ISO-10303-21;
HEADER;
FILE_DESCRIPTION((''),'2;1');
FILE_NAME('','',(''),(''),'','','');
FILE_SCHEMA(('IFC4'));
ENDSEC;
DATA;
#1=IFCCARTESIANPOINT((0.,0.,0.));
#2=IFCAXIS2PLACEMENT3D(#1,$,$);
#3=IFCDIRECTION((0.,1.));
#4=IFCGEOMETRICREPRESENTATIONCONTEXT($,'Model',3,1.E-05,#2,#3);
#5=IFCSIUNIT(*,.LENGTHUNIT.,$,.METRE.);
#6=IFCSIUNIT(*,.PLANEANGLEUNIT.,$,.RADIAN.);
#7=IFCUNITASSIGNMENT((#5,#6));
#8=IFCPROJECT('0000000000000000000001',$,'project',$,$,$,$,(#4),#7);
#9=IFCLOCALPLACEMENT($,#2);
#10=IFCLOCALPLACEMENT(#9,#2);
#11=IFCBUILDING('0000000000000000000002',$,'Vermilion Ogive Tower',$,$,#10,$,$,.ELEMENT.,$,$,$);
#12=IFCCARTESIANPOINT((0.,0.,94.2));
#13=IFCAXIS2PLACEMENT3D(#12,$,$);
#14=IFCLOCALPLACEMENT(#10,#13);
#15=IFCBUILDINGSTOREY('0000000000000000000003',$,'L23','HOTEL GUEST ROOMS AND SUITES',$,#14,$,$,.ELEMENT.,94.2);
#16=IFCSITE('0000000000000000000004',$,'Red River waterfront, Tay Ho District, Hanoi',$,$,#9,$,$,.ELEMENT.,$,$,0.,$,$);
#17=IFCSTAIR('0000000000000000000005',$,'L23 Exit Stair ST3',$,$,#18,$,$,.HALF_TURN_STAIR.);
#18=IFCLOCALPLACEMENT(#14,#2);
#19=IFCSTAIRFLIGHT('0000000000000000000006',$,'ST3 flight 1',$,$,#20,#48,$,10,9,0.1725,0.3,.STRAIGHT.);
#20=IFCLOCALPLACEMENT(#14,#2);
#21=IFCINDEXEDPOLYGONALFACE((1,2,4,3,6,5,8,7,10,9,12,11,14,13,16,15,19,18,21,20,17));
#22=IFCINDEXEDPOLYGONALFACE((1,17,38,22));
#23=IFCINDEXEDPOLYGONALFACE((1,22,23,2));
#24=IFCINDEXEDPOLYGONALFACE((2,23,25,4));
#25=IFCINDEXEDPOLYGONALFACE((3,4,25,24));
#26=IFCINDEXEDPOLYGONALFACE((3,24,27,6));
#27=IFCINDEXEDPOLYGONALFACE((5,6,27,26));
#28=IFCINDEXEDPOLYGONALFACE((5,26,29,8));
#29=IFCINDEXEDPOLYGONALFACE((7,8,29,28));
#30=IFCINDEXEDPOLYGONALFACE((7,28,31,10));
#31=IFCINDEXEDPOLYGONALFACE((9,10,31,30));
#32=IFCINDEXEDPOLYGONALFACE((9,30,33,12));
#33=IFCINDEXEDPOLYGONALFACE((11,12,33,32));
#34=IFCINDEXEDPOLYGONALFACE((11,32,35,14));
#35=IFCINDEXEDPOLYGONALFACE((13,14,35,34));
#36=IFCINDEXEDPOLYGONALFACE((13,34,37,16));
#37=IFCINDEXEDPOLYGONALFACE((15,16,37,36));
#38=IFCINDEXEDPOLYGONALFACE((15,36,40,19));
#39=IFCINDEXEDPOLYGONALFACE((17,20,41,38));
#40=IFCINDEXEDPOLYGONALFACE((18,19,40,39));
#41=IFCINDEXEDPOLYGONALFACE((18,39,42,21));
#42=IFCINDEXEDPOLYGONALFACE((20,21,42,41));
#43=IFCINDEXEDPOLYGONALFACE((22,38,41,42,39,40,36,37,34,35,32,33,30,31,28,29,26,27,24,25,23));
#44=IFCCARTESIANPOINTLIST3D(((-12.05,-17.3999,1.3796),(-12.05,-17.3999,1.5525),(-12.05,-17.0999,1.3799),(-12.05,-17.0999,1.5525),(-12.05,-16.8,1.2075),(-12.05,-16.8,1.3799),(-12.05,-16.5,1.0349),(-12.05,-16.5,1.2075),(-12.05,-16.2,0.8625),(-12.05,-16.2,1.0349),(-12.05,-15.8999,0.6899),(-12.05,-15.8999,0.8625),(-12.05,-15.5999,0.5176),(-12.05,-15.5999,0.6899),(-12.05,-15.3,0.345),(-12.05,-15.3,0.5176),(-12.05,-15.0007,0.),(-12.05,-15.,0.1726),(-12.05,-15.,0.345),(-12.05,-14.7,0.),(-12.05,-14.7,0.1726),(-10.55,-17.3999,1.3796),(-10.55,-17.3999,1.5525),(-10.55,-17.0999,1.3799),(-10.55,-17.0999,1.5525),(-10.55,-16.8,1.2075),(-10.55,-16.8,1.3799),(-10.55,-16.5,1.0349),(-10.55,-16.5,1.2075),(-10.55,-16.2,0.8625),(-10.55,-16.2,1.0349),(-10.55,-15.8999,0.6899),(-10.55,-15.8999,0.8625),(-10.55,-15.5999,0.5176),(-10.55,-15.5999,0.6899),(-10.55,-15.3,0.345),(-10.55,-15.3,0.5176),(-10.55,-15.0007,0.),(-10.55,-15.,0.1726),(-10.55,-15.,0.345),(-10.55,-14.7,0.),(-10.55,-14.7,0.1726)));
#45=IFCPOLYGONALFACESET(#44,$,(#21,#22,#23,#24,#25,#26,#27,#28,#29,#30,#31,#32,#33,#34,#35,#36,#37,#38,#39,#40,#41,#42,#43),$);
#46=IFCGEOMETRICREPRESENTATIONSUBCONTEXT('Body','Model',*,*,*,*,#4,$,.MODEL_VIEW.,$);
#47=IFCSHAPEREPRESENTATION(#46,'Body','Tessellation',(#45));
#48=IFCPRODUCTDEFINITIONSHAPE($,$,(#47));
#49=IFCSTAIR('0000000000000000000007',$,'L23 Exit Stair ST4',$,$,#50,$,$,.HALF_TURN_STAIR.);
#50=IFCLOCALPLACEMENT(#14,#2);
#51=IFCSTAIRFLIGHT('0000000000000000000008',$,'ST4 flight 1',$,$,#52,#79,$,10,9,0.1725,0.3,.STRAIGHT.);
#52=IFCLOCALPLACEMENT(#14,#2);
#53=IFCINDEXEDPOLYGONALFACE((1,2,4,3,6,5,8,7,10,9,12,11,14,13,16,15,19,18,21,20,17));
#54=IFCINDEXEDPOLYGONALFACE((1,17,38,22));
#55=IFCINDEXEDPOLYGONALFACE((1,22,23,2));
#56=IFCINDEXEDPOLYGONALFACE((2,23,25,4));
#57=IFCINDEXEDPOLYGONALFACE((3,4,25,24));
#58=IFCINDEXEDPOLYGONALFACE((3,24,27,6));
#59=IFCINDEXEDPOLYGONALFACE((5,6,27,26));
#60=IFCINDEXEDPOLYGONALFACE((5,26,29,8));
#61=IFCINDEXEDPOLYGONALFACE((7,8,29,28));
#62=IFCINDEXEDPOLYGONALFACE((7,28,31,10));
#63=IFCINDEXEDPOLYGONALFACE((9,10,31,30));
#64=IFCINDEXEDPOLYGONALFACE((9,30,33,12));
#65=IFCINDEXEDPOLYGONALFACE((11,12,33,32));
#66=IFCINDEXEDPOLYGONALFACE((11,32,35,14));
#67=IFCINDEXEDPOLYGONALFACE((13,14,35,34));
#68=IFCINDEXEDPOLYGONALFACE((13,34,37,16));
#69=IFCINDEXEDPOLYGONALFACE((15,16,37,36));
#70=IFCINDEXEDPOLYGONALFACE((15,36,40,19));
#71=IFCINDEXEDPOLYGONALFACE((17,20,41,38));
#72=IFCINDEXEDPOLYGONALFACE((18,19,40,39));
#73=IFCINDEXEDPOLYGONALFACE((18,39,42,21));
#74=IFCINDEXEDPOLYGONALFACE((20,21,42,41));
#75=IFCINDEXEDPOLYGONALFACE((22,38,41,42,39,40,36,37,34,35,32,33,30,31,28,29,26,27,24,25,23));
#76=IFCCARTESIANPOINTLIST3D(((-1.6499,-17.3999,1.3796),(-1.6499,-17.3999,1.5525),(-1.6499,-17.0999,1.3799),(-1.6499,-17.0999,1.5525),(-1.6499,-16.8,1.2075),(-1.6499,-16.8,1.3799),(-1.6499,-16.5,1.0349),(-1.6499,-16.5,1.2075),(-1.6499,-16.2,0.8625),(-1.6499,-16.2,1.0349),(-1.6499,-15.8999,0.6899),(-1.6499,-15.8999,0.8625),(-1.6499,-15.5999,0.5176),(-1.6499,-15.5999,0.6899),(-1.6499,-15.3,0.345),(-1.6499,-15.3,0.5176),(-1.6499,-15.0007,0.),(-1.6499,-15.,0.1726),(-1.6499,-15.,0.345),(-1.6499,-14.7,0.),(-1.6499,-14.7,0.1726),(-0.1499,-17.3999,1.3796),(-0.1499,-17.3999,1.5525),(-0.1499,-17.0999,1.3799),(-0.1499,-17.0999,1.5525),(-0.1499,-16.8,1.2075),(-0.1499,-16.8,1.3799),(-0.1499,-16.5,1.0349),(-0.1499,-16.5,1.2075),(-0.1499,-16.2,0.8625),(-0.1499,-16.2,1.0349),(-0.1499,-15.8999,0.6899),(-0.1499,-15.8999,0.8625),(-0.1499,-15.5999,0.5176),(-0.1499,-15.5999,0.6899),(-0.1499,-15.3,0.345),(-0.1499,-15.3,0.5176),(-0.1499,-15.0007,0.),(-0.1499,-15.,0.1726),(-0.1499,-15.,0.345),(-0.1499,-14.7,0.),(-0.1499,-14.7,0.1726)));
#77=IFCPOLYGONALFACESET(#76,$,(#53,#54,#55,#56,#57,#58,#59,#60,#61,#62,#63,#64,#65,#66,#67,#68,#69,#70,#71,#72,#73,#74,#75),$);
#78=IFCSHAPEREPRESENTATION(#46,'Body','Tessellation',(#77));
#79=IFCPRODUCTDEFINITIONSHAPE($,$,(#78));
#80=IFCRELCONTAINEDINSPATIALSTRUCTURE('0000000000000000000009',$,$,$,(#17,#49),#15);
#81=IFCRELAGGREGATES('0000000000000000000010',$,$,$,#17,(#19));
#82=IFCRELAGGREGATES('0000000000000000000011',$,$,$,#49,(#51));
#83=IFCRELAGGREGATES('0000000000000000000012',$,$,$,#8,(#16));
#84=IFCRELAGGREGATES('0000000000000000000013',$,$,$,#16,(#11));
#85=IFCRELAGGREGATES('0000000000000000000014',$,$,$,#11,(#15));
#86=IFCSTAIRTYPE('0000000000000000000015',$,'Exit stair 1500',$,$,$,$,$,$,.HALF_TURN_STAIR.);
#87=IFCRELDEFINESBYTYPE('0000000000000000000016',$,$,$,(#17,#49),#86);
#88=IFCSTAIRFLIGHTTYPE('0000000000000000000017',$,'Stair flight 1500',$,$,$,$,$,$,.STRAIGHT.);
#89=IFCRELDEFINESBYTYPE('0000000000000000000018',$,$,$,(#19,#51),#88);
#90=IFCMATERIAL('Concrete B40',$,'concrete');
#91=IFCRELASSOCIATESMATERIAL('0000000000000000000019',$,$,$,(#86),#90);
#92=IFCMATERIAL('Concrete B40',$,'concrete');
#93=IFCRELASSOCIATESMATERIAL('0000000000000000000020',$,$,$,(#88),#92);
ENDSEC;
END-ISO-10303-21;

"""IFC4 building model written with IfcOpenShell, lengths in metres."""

from ifc_helpers import new_model, si_unit, direction, frame, origin, place, context, subcontext, project, spatial, polyline, outline, extrude, material, type_object, element, aggregate, save


model = new_model("IFC4")

# Units and contexts
model_context = context("Model", 3, precision=1e-05, world=origin(), true_north=direction((0.0, 1.0)))
body_context = subcontext(model_context, "Body", "Model", "MODEL_VIEW")
ifc_project = project(units=[si_unit("LENGTHUNIT", "METRE"), si_unit("PLANEANGLEUNIT", "RADIAN")], contexts=[model_context])

# Site, building, storey
site_placement = place(None, origin())
site = spatial("IfcSite", under=ifc_project, at=site_placement, Name="Red River waterfront, Tay Ho District, Hanoi", CompositionType="ELEMENT", RefElevation=0.0)
building_placement = place(site_placement, origin())
building = spatial("IfcBuilding", under=site, at=building_placement, Name="Vermilion Ogive Tower", CompositionType="ELEMENT")
storey_placement = place(building_placement, frame((0.0, 0.0, 94.2)))
storey = spatial("IfcBuildingStorey", under=building, at=storey_placement, Name="L23", Description="HOTEL GUEST ROOMS AND SUITES", CompositionType="ELEMENT", Elevation=94.2)

# Stairs, stair flights
ifc_material_1 = material(Name="Concrete B40", Category="concrete")
stair_type = type_object("IfcStairType", Name="Exit stair 1500", PredefinedType="HALF_TURN_STAIR", material=ifc_material_1)
stair_1_placement = place(storey_placement, origin())
stair_1 = element("IfcStair", 1, at=stair_1_placement, inside=storey, type_object=stair_type, Name="L23 Exit Stair ST3", PredefinedType="HALF_TURN_STAIR")
ifc_material_2 = material(Name="Concrete B40", Category="concrete")
stair_flight_type = type_object("IfcStairFlightType", Name="Stair flight 1500", PredefinedType="STRAIGHT", material=ifc_material_2)
stair_flight_1_placement = place(storey_placement, frame((-11.3, -14.7, 0.0), z_axis=(0.0, 0.0, 1.0), x_axis=(0.0, -1.0, 0.0)))
stair_flight_1 = element("IfcStairFlight", 2, at=stair_flight_1_placement, type_object=stair_flight_type, Name="ST3 flight 1", NumberOfRisers=10, NumberOfTreads=9, PredefinedType="STRAIGHT", RiserHeight=0.1725, TreadLength=0.3, context=body_context, shape_type="SweptSolid", body=[
    extrude(outline(polyline([(0.0, 0.0), (0.0, 0.1726), (0.3, 0.1726), (0.3, 0.345), (0.6001, 0.345), (0.6001, 0.5176), (0.8999, 0.5176), (0.8999, 0.6899), (1.2, 0.6899), (1.2, 0.8625), (1.5, 0.8625), (1.5, 1.0349), (1.8, 1.0349), (1.8, 1.2075), (2.1001, 1.2075), (2.1001, 1.3799), (2.3999, 1.3799), (2.3999, 1.5525), (2.7, 1.5525), (2.7, 1.7251), (2.7, 1.3796), (0.3008, 0.0), (0.0, 0.0)])), frame((0.0, 0.75, 0.0), z_axis=(0.0, -1.0, 0.0), x_axis=(1.0, 0.0, 0.0)), (0.0, 0.0, 1.0), 1.5),
])
aggregate(stair_1, [stair_flight_1])
stair_2_placement = place(storey_placement, origin())
stair_2 = element("IfcStair", 3, at=stair_2_placement, inside=storey, type_object=stair_type, Name="L23 Exit Stair ST4", PredefinedType="HALF_TURN_STAIR")
stair_flight_2_placement = place(storey_placement, frame((-0.8999, -14.7, 0.0), z_axis=(0.0, 0.0, 1.0), x_axis=(0.0, -1.0, 0.0)))
stair_flight_2 = element("IfcStairFlight", 4, at=stair_flight_2_placement, type_object=stair_flight_type, Name="ST4 flight 1", NumberOfRisers=10, NumberOfTreads=9, PredefinedType="STRAIGHT", RiserHeight=0.1725, TreadLength=0.3, context=body_context, shape_type="SweptSolid", body=[
    extrude(outline(polyline([(0.0, 0.0), (0.0, 0.1726), (0.3, 0.1726), (0.3, 0.345), (0.6001, 0.345), (0.6001, 0.5176), (0.8999, 0.5176), (0.8999, 0.6899), (1.2, 0.6899), (1.2, 0.8625), (1.5, 0.8625), (1.5, 1.0349), (1.8, 1.0349), (1.8, 1.2075), (2.1001, 1.2075), (2.1001, 1.3799), (2.3999, 1.3799), (2.3999, 1.5525), (2.7, 1.5525), (2.7, 1.7251), (2.7, 1.3796), (0.3008, 0.0), (0.0, 0.0)])), frame((0.0, 0.75, 0.0), z_axis=(0.0, -1.0, 0.0), x_axis=(1.0, 0.0, 0.0)), (0.0, 0.0, 1.0), 1.5),
])
aggregate(stair_2, [stair_flight_2])

save(model, "model.ifc")
